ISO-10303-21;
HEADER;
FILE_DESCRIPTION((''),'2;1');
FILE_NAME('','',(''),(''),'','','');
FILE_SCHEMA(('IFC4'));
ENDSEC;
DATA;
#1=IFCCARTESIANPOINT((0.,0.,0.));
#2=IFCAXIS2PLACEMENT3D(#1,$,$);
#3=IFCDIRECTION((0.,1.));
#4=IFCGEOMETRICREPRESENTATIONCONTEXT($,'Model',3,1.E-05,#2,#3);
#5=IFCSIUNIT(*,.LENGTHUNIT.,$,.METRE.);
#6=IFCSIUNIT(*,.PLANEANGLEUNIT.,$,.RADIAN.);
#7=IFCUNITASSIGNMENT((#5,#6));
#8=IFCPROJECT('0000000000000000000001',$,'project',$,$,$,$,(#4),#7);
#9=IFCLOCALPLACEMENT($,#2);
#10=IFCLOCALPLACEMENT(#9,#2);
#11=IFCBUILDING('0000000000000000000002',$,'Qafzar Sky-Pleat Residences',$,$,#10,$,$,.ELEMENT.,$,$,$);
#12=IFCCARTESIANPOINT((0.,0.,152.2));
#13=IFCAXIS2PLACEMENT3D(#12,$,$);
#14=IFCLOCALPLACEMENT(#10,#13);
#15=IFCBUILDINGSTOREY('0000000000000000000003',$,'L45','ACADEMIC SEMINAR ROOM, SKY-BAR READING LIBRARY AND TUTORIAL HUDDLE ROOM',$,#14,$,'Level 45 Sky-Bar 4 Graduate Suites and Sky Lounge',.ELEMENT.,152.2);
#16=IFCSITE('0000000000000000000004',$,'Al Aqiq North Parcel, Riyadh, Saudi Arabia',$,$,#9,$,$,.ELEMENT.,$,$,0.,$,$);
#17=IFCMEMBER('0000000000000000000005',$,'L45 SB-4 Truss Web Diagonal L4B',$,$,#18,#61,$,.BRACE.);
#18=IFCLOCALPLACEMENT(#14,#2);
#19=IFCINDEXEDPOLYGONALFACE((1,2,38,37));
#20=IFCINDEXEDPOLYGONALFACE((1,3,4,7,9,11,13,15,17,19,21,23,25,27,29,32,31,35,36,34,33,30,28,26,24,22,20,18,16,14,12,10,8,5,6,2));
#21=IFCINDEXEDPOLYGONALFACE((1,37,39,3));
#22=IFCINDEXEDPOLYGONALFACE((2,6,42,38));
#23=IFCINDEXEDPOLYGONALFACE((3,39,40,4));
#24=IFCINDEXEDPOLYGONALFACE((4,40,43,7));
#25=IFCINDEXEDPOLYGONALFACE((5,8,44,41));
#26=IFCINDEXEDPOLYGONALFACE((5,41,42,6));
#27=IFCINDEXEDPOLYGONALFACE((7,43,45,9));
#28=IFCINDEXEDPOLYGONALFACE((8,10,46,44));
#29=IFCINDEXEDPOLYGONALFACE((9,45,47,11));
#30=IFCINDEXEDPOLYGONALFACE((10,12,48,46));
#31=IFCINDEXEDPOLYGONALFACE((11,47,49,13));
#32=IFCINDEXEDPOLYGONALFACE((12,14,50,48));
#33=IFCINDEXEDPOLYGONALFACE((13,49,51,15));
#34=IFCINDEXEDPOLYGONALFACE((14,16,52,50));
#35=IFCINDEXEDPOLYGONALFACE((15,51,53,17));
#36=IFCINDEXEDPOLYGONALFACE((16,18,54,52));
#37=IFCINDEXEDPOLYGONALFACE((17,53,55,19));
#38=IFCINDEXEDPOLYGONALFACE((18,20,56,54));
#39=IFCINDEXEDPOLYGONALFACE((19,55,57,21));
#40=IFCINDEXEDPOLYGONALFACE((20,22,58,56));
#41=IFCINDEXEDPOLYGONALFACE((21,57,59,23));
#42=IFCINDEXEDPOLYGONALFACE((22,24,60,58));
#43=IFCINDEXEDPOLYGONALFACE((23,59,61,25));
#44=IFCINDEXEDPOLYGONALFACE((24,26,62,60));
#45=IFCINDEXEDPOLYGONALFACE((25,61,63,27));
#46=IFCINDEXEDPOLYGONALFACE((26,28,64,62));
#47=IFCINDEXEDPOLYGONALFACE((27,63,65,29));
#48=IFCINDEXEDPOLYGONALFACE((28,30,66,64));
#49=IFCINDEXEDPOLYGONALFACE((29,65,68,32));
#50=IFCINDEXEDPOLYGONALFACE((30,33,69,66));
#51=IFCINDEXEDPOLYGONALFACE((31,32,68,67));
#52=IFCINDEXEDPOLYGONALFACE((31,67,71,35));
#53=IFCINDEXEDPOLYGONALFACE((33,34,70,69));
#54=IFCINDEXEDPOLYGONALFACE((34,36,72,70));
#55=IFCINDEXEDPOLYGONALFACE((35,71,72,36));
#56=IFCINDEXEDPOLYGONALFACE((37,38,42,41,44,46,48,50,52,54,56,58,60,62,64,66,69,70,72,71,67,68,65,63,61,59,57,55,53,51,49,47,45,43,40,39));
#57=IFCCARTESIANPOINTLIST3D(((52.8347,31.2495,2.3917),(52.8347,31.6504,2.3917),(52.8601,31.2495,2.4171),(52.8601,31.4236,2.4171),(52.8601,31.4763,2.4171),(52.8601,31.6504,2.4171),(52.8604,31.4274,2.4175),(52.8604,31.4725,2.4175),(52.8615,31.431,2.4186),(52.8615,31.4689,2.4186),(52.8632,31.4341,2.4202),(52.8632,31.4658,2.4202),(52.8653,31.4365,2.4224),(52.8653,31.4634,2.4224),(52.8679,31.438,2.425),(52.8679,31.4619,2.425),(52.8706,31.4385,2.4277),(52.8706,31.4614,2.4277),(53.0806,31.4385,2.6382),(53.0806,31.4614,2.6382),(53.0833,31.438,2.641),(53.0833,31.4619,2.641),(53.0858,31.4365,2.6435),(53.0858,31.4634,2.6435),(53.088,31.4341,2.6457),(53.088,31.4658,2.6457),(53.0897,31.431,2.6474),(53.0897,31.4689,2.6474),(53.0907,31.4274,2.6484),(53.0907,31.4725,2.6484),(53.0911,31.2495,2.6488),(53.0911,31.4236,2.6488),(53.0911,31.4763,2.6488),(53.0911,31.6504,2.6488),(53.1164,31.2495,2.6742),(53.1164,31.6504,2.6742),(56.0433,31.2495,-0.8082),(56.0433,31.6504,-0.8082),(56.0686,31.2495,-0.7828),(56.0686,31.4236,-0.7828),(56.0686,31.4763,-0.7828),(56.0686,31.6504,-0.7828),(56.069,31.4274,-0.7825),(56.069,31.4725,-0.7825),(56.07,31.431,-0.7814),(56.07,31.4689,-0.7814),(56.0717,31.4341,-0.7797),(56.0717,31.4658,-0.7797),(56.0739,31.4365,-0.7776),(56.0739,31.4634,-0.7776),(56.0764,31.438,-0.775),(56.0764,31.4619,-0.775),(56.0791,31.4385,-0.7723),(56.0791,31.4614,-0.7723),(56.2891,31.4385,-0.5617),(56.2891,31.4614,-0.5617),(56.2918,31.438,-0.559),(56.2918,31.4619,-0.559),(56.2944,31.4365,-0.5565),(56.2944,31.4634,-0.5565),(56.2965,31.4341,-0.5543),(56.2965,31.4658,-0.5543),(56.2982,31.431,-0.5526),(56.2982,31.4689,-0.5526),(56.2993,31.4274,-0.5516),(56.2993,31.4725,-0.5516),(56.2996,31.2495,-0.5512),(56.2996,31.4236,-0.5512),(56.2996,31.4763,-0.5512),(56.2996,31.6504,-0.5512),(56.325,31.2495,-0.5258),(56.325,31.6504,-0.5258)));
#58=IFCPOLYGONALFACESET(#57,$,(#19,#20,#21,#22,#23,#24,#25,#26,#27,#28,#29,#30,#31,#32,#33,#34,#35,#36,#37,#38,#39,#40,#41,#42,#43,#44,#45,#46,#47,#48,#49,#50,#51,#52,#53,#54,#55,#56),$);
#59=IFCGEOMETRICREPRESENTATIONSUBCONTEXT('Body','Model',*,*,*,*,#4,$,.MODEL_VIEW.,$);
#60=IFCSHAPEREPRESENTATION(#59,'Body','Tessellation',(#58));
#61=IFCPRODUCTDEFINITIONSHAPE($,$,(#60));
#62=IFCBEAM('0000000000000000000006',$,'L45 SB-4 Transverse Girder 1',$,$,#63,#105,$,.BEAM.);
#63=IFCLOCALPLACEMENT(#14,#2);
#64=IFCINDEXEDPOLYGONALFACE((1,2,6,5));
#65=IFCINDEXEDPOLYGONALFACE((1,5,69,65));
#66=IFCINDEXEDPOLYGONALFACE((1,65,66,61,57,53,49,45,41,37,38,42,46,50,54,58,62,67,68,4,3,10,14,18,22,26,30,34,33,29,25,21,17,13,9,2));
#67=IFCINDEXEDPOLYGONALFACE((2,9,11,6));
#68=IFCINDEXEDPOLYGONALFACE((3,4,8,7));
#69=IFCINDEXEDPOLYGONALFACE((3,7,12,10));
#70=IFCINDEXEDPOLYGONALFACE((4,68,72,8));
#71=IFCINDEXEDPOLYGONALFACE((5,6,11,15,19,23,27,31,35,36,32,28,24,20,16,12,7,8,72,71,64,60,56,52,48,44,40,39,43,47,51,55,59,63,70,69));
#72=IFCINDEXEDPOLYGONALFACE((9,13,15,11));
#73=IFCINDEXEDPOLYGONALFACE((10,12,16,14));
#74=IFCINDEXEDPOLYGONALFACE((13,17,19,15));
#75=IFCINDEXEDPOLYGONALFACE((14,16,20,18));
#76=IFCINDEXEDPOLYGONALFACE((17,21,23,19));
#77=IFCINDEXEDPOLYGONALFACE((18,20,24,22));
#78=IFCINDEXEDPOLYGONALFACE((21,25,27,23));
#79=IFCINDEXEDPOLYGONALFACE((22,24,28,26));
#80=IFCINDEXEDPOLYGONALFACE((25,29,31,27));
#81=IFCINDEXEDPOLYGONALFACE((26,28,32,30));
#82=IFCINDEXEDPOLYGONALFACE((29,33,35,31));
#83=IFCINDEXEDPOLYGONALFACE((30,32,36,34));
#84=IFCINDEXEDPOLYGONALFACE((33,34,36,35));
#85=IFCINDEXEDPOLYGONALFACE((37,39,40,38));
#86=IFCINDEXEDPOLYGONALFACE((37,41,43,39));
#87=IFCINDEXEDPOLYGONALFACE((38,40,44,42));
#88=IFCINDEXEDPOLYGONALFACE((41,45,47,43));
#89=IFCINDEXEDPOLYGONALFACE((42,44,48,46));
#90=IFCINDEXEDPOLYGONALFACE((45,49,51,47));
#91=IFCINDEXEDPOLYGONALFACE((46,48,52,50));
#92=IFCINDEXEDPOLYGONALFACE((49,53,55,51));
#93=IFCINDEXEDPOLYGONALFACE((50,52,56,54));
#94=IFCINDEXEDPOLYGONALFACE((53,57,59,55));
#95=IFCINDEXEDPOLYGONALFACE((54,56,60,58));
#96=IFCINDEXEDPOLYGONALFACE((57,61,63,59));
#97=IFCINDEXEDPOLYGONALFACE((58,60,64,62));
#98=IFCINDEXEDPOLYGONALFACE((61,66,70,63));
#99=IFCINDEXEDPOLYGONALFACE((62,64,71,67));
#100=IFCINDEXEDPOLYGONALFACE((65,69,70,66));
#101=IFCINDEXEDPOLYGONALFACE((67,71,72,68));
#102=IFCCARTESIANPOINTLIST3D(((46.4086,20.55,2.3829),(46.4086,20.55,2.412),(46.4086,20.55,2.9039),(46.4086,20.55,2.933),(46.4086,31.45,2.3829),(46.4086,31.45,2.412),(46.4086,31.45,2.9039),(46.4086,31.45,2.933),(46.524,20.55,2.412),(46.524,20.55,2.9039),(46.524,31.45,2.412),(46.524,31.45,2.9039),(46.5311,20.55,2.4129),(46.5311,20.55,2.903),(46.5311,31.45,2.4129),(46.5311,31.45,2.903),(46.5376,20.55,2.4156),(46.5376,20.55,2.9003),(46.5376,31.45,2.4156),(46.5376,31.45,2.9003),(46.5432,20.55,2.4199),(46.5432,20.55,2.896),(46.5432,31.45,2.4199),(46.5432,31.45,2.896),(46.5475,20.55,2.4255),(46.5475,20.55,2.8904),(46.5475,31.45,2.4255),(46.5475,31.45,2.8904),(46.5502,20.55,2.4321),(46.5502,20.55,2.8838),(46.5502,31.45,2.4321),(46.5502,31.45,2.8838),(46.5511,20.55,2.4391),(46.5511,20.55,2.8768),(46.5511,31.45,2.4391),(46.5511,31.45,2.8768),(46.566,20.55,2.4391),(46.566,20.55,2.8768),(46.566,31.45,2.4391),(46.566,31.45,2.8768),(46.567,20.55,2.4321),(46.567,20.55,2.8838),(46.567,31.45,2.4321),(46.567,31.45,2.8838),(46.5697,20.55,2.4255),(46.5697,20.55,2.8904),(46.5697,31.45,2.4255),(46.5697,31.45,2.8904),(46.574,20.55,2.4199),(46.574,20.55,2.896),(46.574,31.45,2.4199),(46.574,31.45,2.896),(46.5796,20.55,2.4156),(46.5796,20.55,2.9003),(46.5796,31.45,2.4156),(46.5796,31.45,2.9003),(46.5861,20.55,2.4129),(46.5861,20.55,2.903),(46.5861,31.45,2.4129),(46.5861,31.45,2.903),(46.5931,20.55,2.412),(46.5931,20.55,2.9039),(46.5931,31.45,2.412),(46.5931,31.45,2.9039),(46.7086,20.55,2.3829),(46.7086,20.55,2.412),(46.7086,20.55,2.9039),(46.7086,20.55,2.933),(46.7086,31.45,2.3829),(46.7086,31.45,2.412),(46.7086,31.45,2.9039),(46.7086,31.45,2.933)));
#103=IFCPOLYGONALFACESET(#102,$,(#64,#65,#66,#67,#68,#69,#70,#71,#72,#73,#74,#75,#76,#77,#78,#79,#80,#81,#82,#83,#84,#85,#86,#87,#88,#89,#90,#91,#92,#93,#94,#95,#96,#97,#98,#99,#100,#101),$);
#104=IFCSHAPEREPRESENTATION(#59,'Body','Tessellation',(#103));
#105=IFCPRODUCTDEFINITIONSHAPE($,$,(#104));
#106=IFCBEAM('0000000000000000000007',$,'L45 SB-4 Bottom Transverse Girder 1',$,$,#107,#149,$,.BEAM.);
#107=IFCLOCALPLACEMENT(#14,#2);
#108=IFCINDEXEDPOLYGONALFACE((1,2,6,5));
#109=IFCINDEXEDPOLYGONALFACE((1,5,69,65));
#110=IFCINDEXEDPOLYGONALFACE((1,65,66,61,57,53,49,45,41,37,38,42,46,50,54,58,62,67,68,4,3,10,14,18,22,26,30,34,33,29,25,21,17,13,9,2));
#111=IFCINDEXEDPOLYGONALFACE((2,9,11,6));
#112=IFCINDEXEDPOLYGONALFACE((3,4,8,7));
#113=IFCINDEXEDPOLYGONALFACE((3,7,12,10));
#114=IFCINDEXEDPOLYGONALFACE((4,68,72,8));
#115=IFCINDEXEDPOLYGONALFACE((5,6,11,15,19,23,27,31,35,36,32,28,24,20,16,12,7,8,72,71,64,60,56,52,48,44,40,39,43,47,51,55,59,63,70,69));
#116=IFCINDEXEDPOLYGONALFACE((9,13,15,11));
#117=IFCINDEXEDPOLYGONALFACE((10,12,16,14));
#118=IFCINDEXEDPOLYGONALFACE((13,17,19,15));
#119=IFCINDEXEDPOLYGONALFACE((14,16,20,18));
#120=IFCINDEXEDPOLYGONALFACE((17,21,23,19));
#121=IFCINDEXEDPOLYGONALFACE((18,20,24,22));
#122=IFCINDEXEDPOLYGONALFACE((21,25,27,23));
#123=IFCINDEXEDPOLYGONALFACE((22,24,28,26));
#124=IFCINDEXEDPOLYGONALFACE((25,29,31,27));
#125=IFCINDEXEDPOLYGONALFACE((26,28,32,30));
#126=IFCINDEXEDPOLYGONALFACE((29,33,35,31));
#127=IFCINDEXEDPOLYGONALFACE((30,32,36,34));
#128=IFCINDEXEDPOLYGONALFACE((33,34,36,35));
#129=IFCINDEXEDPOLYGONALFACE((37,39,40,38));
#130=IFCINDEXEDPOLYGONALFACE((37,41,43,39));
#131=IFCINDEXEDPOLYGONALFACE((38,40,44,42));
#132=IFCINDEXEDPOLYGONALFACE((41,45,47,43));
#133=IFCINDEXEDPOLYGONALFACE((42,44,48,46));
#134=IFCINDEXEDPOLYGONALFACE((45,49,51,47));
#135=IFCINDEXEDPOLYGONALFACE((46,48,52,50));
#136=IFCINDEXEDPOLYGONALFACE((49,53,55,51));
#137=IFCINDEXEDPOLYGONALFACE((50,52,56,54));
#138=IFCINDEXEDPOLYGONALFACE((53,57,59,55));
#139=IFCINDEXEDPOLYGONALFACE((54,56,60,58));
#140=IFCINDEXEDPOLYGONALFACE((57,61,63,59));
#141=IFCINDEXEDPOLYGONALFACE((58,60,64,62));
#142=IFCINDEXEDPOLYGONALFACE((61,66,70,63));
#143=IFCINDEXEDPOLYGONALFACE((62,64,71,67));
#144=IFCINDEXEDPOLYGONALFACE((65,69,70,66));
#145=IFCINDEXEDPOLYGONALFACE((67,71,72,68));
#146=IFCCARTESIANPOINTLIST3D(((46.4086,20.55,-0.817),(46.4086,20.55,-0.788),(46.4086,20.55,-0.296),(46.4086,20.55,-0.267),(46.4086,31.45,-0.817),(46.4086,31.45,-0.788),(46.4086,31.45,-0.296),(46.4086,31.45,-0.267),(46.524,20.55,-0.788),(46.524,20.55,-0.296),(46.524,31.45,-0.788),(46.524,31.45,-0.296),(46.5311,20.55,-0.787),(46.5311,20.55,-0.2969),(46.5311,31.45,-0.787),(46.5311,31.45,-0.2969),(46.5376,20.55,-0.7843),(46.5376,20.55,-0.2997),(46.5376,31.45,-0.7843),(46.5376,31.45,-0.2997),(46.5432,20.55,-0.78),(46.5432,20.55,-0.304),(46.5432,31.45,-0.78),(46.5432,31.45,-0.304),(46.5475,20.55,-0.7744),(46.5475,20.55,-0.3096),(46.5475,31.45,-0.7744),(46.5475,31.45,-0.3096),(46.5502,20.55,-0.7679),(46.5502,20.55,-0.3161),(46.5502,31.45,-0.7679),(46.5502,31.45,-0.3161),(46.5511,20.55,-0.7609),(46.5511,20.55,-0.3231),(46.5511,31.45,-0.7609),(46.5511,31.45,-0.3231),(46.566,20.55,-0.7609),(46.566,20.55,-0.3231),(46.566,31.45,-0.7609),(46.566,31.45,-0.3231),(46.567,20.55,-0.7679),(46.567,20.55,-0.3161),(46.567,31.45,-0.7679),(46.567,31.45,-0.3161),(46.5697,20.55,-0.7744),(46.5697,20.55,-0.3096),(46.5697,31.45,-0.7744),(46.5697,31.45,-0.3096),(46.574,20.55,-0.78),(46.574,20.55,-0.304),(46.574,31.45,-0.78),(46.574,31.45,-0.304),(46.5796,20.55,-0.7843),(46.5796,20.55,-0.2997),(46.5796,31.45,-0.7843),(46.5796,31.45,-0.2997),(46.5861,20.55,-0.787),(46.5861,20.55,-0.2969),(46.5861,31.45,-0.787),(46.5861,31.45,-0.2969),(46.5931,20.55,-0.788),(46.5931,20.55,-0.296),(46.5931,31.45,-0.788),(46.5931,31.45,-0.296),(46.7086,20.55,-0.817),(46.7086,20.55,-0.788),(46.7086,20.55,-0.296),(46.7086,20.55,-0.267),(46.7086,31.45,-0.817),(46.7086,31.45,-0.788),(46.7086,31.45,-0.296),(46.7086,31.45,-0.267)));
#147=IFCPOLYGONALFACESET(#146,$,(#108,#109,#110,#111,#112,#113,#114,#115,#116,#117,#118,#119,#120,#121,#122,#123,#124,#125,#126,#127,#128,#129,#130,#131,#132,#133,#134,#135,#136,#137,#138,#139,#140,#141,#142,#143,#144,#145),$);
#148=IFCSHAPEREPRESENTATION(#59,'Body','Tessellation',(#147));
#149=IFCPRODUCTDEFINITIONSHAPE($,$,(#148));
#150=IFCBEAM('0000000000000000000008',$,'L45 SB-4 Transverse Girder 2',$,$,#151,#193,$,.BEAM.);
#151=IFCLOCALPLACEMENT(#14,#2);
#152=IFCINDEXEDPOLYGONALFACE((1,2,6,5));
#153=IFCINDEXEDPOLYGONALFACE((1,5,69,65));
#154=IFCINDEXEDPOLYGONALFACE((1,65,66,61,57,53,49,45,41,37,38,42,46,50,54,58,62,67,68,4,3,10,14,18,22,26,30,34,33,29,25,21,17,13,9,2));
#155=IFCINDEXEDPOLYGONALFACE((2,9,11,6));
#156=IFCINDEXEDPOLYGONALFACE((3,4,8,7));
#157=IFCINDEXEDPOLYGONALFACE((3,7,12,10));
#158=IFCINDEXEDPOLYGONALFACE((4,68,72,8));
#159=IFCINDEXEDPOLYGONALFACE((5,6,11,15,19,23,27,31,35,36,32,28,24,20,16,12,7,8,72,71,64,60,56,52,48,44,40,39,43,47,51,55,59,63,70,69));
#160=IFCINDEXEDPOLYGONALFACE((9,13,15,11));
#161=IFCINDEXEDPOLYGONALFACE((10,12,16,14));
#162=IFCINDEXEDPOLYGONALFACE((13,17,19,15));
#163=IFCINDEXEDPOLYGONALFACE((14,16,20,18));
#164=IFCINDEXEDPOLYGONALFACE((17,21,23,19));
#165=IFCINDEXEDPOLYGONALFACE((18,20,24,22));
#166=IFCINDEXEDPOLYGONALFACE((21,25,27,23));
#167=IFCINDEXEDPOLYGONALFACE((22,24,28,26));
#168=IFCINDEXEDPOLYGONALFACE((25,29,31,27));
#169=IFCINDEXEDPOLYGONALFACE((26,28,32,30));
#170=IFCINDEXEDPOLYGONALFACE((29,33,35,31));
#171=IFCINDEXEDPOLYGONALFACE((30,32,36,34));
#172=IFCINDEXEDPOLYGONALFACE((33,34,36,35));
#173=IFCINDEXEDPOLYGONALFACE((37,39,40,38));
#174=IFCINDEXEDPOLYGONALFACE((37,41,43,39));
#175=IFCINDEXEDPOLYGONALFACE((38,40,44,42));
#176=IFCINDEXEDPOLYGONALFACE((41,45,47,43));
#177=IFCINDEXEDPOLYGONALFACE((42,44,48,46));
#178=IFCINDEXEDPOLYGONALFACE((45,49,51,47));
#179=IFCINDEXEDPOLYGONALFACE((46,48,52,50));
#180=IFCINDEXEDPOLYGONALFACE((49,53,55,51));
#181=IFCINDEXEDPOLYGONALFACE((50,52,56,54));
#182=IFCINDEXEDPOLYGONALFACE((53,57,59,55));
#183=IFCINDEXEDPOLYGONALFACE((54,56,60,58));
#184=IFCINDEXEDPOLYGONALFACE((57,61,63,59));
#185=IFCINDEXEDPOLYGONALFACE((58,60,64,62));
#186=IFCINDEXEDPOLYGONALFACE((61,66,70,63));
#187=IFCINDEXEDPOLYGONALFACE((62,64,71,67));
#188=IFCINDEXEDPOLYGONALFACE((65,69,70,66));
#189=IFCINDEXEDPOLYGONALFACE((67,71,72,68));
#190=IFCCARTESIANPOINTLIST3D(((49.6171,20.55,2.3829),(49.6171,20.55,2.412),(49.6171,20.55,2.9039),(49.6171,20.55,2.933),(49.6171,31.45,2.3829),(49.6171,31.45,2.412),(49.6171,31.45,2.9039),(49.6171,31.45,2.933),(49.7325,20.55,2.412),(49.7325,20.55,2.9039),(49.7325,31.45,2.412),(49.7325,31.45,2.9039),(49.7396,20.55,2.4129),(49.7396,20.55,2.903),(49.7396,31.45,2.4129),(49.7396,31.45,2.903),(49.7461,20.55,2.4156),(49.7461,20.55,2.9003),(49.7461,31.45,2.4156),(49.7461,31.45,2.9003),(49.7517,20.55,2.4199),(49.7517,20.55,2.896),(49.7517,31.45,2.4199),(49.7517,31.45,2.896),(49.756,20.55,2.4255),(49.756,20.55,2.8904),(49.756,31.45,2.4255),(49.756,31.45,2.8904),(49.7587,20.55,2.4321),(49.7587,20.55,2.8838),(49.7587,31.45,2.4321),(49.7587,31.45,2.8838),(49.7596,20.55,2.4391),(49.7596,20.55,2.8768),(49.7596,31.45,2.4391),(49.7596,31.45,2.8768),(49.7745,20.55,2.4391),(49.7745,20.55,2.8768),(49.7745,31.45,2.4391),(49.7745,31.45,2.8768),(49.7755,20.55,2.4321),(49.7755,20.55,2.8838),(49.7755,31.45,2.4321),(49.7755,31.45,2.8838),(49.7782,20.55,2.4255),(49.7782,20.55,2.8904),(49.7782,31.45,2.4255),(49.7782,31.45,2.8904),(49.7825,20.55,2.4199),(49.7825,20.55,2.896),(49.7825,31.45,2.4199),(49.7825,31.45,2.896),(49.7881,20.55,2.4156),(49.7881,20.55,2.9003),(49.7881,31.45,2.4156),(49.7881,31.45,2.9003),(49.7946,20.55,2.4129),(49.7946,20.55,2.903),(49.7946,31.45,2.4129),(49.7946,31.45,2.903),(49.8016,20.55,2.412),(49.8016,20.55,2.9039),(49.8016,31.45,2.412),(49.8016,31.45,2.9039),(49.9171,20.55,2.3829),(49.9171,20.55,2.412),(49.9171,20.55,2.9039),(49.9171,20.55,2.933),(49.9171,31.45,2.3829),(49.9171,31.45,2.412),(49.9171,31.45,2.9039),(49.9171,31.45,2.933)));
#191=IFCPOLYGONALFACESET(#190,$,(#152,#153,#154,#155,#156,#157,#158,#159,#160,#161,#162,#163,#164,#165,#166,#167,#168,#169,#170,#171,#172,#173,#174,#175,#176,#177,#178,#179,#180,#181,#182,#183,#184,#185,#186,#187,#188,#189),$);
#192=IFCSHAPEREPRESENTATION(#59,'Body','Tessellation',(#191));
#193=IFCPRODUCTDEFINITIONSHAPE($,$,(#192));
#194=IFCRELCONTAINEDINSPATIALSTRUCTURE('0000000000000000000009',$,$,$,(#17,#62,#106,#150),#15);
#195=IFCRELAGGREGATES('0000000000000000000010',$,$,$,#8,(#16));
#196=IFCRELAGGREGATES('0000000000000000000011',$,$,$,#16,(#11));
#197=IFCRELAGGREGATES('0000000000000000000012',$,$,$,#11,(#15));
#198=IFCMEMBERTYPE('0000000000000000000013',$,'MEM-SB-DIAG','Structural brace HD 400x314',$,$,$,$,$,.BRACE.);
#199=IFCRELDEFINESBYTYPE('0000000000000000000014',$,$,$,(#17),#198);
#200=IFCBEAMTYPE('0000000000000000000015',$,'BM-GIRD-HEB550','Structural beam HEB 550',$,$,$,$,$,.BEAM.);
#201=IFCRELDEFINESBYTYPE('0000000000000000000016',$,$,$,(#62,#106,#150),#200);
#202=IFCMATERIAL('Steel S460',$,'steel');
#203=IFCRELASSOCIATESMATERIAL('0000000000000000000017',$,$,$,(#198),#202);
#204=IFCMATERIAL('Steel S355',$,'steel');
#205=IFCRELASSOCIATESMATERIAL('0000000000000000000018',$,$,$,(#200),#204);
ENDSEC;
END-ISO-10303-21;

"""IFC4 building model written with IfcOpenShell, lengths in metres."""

from ifc_helpers import new_model, si_unit, direction, frame, origin, origin_2d, place, context, subcontext, project, spatial, i_section, extrude, source, transform, mapped, material, material_profile, profile_set, type_object, element, save


model = new_model("IFC4")

# Units and contexts
model_context = context("Model", 3, precision=1e-05, world=origin(), true_north=direction((0.0, 1.0)))
body_context = subcontext(model_context, "Body", "Model", "MODEL_VIEW")
ifc_project = project(units=[si_unit("LENGTHUNIT", "METRE"), si_unit("PLANEANGLEUNIT", "RADIAN")], contexts=[model_context])

# Site, building, storey
site_placement = place(None, origin())
site = spatial("IfcSite", under=ifc_project, at=site_placement, Name="Al Aqiq North Parcel, Riyadh, Saudi Arabia", CompositionType="ELEMENT", RefElevation=0.0)
building_placement = place(site_placement, origin())
building = spatial("IfcBuilding", under=site, at=building_placement, Name="Qafzar Sky-Pleat Residences", CompositionType="ELEMENT")
storey_placement = place(building_placement, frame((0.0, 0.0, 152.2)))
storey = spatial("IfcBuildingStorey", under=building, at=storey_placement, Name="L45", Description="ACADEMIC SEMINAR ROOM, SKY-BAR READING LIBRARY AND TUTORIAL HUDDLE ROOM", LongName="Level 45 Sky-Bar 4 Graduate Suites and Sky Lounge", CompositionType="ELEMENT", Elevation=152.2)

# Shared definitions
ifc_material_1 = material(Name="Steel S460", Category="steel")

# Member
ifc_material_profile_1 = material_profile(ifc_material_1, i_section(OverallWidth=0.4009, OverallDepth=0.3989, WebThickness=0.0229, FlangeThickness=0.0359, FilletRadius=0.0149, at=origin_2d()), Name="HD 400x314")
ifc_profile_set_1 = profile_set([ifc_material_profile_1], Name="Steel S460")
member_type_1 = type_object("IfcMemberType", Name="MEM-SB-DIAG", Description="Structural brace HD 400x314", PredefinedType="BRACE", material=ifc_profile_set_1)
shared_shape_1 = source(origin(), body_context, "Body", "SweptSolid", [
    extrude(i_section(OverallWidth=0.4009, OverallDepth=0.3989, WebThickness=0.0229, FlangeThickness=0.0359, FilletRadius=0.0149, at=origin_2d()), origin(), (0.0, 0.0, 1.0), 4.5315),
])
for number, where, z_axis, x_axis, name in (
    (1, (52.9756, 31.45, 2.533), (0.708049, 0.0, -0.706163), (0.0, 1.0, 0.0), "L45 SB-4 Truss Web Diagonal L4B"),
):
    element("IfcMember", number, at=place(storey_placement, frame(where, z_axis=z_axis, x_axis=x_axis)), inside=storey, type_object=member_type_1, Name=name, PredefinedType="BRACE", context=body_context, shape_type="MappedRepresentation", body=[
        mapped(shared_shape_1, transform((0.0, 0.0, 0.0), x_axis=(1.0, 0.0, 0.0), y_axis=(0.0, 1.0, 0.0), z_axis=(0.0, 0.0, 1.0), scale=1.0)),
    ])

# Beams
ifc_material_2 = material(Name="Steel S355", Category="steel")
ifc_material_profile_2 = material_profile(ifc_material_2, i_section(OverallWidth=0.3, OverallDepth=0.55, WebThickness=0.0149, FlangeThickness=0.0291, FilletRadius=0.0271, at=origin_2d()), Name="HEB 550")
ifc_profile_set_2 = profile_set([ifc_material_profile_2], Name="Steel S355")
beam_type_1 = type_object("IfcBeamType", Name="BM-GIRD-HEB550", Description="Structural beam HEB 550", PredefinedType="BEAM", material=ifc_profile_set_2)
shared_shape_2 = source(origin(), body_context, "Body", "SweptSolid", [
    extrude(i_section(OverallWidth=0.3, OverallDepth=0.55, WebThickness=0.0149, FlangeThickness=0.0291, FilletRadius=0.0271, at=origin_2d()), origin(), (0.0, 0.0, 1.0), 10.8999),
])
for number, where, z_axis, x_axis, name in (
    (2, (46.5586, 31.45, 2.658), (0.0, -1.0, 0.0), (1.0, 0.0, 0.0), "L45 SB-4 Transverse Girder 1"),
    (3, (46.5586, 31.45, -0.542), (0.0, -1.0, 0.0), (1.0, 0.0, 0.0), "L45 SB-4 Bottom Transverse Girder 1"),
    (4, (49.7671, 31.45, 2.658), (0.0, -1.0, 0.0), (1.0, 0.0, 0.0), "L45 SB-4 Transverse Girder 2"),
):
    element("IfcBeam", number, at=place(storey_placement, frame(where, z_axis=z_axis, x_axis=x_axis)), inside=storey, type_object=beam_type_1, Name=name, PredefinedType="BEAM", context=body_context, shape_type="MappedRepresentation", body=[
        mapped(shared_shape_2, transform((0.0, 0.0, 0.0), x_axis=(1.0, 0.0, 0.0), y_axis=(0.0, 1.0, 0.0), z_axis=(0.0, 0.0, 1.0), scale=1.0)),
    ])

save(model, "model.ifc")
